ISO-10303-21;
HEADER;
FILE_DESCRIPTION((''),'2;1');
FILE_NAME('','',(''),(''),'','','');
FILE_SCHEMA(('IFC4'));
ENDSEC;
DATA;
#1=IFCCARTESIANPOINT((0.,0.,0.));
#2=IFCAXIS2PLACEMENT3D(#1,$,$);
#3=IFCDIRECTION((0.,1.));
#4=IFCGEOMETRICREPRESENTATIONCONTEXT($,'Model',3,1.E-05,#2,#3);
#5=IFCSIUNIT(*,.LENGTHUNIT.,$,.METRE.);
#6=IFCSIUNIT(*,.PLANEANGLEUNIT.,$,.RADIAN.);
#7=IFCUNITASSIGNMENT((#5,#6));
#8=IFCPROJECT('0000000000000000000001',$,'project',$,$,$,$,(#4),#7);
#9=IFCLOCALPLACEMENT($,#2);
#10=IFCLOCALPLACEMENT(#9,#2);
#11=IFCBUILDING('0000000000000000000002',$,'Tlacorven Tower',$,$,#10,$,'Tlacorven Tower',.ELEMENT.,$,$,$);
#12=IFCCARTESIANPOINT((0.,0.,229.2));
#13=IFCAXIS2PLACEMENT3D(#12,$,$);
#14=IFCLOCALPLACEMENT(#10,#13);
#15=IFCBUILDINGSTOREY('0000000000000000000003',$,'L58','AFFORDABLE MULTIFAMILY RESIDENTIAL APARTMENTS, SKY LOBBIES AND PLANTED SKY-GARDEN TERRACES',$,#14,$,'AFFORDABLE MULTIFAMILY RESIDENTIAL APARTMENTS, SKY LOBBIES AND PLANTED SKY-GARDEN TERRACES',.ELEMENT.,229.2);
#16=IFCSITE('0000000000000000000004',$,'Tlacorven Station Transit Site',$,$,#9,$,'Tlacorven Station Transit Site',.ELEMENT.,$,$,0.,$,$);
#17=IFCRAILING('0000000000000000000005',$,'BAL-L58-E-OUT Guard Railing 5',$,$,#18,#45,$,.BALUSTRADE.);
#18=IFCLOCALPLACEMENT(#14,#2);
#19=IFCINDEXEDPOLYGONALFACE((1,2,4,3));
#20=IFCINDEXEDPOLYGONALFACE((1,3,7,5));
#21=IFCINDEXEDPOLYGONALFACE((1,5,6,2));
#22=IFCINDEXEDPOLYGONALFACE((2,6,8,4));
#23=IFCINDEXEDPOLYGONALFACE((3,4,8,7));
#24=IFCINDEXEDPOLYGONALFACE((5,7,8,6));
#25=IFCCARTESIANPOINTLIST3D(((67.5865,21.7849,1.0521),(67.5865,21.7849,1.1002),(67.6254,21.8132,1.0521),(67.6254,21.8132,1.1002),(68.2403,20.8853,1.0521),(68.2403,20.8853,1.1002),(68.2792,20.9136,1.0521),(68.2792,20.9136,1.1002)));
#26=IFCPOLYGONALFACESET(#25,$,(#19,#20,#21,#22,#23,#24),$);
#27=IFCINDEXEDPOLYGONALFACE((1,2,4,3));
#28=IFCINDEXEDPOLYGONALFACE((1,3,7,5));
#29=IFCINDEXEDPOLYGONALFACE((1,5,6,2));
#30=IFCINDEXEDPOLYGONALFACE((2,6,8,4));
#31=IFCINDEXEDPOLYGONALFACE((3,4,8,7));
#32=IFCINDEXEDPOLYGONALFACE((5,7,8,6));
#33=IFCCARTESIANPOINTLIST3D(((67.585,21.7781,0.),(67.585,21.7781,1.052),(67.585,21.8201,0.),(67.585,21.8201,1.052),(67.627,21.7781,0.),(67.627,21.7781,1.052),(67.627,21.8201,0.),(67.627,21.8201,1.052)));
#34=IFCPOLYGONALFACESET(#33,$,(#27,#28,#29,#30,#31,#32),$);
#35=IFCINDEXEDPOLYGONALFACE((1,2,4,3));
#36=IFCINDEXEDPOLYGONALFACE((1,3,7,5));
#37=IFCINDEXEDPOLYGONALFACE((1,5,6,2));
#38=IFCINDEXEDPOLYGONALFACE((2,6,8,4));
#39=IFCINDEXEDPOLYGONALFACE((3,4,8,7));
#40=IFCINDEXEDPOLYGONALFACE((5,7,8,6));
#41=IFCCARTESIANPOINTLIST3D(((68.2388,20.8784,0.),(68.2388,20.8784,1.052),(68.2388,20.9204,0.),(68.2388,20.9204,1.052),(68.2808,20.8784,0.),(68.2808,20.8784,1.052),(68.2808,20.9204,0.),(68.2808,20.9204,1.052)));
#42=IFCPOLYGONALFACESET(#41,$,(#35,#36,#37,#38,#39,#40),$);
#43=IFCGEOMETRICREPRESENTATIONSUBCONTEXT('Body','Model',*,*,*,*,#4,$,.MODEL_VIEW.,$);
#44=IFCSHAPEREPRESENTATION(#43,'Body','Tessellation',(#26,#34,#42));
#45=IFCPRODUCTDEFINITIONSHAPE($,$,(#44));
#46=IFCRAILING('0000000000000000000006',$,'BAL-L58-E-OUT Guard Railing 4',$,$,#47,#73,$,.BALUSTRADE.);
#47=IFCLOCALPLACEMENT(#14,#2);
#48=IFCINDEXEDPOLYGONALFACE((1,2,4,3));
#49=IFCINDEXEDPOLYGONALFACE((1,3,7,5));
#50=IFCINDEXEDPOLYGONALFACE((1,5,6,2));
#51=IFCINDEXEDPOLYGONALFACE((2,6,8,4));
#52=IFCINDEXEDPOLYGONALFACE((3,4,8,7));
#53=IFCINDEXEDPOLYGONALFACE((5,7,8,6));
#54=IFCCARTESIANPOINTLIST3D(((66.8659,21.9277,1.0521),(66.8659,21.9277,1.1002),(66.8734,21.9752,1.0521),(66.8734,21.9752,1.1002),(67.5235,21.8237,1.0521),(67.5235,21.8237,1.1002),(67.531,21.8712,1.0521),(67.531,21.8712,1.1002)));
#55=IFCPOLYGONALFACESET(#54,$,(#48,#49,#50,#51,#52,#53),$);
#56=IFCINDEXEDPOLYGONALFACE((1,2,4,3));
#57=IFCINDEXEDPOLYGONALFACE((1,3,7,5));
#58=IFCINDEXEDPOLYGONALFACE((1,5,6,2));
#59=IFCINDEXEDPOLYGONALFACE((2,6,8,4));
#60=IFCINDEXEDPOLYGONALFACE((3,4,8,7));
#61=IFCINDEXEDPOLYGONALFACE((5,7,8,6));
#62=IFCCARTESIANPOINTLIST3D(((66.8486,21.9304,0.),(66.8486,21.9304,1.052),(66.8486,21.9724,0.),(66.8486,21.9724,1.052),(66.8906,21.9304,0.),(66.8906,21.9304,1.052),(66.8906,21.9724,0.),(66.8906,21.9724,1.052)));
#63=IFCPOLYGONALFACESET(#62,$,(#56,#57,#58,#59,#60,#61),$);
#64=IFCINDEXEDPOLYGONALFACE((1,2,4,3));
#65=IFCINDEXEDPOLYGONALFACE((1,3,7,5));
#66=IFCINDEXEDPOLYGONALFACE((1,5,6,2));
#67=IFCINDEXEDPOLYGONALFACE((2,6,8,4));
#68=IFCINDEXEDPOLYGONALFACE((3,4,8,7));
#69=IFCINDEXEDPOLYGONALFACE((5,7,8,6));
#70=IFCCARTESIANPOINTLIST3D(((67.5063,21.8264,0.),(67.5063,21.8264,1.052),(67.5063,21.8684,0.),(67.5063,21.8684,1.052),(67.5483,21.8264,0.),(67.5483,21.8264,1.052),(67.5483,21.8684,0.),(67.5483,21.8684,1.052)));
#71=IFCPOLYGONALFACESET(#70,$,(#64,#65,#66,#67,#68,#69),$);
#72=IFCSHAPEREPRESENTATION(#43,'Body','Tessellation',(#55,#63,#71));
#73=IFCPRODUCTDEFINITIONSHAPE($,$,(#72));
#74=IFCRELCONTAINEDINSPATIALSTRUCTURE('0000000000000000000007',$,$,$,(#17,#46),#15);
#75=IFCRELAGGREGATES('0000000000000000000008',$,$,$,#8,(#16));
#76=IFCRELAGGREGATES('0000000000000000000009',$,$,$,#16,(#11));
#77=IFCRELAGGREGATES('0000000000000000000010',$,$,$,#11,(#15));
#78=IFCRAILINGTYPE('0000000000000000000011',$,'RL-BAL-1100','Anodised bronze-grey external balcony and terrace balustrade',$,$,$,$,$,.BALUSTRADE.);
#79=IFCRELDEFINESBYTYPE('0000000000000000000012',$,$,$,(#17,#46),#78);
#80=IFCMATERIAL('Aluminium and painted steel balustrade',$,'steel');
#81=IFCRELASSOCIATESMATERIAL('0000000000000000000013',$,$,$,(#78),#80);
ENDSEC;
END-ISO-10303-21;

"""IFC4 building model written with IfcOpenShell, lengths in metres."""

from ifc_helpers import new_model, si_unit, direction, frame, origin, origin_2d, place, context, subcontext, project, spatial, rectangle, extrude, source, transform, mapped, material, type_object, element, save


model = new_model("IFC4")

# Units and contexts
model_context = context("Model", 3, precision=1e-05, world=origin(), true_north=direction((0.0, 1.0)))
body_context = subcontext(model_context, "Body", "Model", "MODEL_VIEW")
ifc_project = project(units=[si_unit("LENGTHUNIT", "METRE"), si_unit("PLANEANGLEUNIT", "RADIAN")], contexts=[model_context])

# Site, building, storey
site_placement = place(None, origin())
site = spatial("IfcSite", under=ifc_project, at=site_placement, Name="Tlacorven Station Transit Site", LongName="Tlacorven Station Transit Site", CompositionType="ELEMENT", RefElevation=0.0)
building_placement = place(site_placement, origin())
building = spatial("IfcBuilding", under=site, at=building_placement, Name="Tlacorven Tower", LongName="Tlacorven Tower", CompositionType="ELEMENT")
storey_placement = place(building_placement, frame((0.0, 0.0, 229.2)))
storey = spatial("IfcBuildingStorey", under=building, at=storey_placement, Name="L58", Description="AFFORDABLE MULTIFAMILY RESIDENTIAL APARTMENTS, SKY LOBBIES AND PLANTED SKY-GARDEN TERRACES", LongName="AFFORDABLE MULTIFAMILY RESIDENTIAL APARTMENTS, SKY LOBBIES AND PLANTED SKY-GARDEN TERRACES", CompositionType="ELEMENT", Elevation=229.2)

# Railings
ifc_material_1 = material(Name="Aluminium and painted steel balustrade", Category="steel")
railing_type = type_object("IfcRailingType", Name="RL-BAL-1100", Description="Anodised bronze-grey external balcony and terrace balustrade", PredefinedType="BALUSTRADE", material=ifc_material_1)
shared_shape_1 = source(origin(), body_context, "Body", "SweptSolid", [
    extrude(rectangle(XDim=0.0481, YDim=0.0481, at=origin_2d()), frame((0.0, 0.0, 1.0762), z_axis=(0.587884, -0.808945, 0.0), x_axis=(0.808945, 0.587884, 0.0)), (0.0, 0.0, 1.0), 1.1121),
    extrude(rectangle(XDim=0.042, YDim=0.042, at=origin_2d()), origin(), (0.0, 0.0, 1.0), 1.052),
    extrude(rectangle(XDim=0.042, YDim=0.042, at=origin_2d()), frame((0.6538, -0.8997, 0.0)), (0.0, 0.0, 1.0), 1.052),
])
railing_1_placement = place(storey_placement, frame((67.606, 21.7991, 0.0)))
element("IfcRailing", 1, at=railing_1_placement, inside=storey, type_object=railing_type, Name="BAL-L58-E-OUT Guard Railing 5", PredefinedType="BALUSTRADE", context=body_context, shape_type="MappedRepresentation", body=[
    mapped(shared_shape_1, transform((0.0, 0.0, 0.0), scale=1.0)),
])
shared_shape_2 = source(origin(), body_context, "Body", "SweptSolid", [
    extrude(rectangle(XDim=0.0481, YDim=0.0481, at=origin_2d()), frame((0.0, 0.0, 1.0762), z_axis=(0.987727, -0.156188, 0.0), x_axis=(0.156188, 0.987727, 0.0)), (0.0, 0.0, 1.0), 0.6658),
    extrude(rectangle(XDim=0.042, YDim=0.042, at=origin_2d()), origin(), (0.0, 0.0, 1.0), 1.052),
    extrude(rectangle(XDim=0.042, YDim=0.042, at=origin_2d()), frame((0.6577, -0.104, 0.0)), (0.0, 0.0, 1.0), 1.052),
])
railing_2_placement = place(storey_placement, frame((66.8696, 21.9514, 0.0)))
element("IfcRailing", 2, at=railing_2_placement, inside=storey, type_object=railing_type, Name="BAL-L58-E-OUT Guard Railing 4", PredefinedType="BALUSTRADE", context=body_context, shape_type="MappedRepresentation", body=[
    mapped(shared_shape_2, transform((0.0, 0.0, 0.0), scale=1.0)),
])

save(model, "model.ifc")
